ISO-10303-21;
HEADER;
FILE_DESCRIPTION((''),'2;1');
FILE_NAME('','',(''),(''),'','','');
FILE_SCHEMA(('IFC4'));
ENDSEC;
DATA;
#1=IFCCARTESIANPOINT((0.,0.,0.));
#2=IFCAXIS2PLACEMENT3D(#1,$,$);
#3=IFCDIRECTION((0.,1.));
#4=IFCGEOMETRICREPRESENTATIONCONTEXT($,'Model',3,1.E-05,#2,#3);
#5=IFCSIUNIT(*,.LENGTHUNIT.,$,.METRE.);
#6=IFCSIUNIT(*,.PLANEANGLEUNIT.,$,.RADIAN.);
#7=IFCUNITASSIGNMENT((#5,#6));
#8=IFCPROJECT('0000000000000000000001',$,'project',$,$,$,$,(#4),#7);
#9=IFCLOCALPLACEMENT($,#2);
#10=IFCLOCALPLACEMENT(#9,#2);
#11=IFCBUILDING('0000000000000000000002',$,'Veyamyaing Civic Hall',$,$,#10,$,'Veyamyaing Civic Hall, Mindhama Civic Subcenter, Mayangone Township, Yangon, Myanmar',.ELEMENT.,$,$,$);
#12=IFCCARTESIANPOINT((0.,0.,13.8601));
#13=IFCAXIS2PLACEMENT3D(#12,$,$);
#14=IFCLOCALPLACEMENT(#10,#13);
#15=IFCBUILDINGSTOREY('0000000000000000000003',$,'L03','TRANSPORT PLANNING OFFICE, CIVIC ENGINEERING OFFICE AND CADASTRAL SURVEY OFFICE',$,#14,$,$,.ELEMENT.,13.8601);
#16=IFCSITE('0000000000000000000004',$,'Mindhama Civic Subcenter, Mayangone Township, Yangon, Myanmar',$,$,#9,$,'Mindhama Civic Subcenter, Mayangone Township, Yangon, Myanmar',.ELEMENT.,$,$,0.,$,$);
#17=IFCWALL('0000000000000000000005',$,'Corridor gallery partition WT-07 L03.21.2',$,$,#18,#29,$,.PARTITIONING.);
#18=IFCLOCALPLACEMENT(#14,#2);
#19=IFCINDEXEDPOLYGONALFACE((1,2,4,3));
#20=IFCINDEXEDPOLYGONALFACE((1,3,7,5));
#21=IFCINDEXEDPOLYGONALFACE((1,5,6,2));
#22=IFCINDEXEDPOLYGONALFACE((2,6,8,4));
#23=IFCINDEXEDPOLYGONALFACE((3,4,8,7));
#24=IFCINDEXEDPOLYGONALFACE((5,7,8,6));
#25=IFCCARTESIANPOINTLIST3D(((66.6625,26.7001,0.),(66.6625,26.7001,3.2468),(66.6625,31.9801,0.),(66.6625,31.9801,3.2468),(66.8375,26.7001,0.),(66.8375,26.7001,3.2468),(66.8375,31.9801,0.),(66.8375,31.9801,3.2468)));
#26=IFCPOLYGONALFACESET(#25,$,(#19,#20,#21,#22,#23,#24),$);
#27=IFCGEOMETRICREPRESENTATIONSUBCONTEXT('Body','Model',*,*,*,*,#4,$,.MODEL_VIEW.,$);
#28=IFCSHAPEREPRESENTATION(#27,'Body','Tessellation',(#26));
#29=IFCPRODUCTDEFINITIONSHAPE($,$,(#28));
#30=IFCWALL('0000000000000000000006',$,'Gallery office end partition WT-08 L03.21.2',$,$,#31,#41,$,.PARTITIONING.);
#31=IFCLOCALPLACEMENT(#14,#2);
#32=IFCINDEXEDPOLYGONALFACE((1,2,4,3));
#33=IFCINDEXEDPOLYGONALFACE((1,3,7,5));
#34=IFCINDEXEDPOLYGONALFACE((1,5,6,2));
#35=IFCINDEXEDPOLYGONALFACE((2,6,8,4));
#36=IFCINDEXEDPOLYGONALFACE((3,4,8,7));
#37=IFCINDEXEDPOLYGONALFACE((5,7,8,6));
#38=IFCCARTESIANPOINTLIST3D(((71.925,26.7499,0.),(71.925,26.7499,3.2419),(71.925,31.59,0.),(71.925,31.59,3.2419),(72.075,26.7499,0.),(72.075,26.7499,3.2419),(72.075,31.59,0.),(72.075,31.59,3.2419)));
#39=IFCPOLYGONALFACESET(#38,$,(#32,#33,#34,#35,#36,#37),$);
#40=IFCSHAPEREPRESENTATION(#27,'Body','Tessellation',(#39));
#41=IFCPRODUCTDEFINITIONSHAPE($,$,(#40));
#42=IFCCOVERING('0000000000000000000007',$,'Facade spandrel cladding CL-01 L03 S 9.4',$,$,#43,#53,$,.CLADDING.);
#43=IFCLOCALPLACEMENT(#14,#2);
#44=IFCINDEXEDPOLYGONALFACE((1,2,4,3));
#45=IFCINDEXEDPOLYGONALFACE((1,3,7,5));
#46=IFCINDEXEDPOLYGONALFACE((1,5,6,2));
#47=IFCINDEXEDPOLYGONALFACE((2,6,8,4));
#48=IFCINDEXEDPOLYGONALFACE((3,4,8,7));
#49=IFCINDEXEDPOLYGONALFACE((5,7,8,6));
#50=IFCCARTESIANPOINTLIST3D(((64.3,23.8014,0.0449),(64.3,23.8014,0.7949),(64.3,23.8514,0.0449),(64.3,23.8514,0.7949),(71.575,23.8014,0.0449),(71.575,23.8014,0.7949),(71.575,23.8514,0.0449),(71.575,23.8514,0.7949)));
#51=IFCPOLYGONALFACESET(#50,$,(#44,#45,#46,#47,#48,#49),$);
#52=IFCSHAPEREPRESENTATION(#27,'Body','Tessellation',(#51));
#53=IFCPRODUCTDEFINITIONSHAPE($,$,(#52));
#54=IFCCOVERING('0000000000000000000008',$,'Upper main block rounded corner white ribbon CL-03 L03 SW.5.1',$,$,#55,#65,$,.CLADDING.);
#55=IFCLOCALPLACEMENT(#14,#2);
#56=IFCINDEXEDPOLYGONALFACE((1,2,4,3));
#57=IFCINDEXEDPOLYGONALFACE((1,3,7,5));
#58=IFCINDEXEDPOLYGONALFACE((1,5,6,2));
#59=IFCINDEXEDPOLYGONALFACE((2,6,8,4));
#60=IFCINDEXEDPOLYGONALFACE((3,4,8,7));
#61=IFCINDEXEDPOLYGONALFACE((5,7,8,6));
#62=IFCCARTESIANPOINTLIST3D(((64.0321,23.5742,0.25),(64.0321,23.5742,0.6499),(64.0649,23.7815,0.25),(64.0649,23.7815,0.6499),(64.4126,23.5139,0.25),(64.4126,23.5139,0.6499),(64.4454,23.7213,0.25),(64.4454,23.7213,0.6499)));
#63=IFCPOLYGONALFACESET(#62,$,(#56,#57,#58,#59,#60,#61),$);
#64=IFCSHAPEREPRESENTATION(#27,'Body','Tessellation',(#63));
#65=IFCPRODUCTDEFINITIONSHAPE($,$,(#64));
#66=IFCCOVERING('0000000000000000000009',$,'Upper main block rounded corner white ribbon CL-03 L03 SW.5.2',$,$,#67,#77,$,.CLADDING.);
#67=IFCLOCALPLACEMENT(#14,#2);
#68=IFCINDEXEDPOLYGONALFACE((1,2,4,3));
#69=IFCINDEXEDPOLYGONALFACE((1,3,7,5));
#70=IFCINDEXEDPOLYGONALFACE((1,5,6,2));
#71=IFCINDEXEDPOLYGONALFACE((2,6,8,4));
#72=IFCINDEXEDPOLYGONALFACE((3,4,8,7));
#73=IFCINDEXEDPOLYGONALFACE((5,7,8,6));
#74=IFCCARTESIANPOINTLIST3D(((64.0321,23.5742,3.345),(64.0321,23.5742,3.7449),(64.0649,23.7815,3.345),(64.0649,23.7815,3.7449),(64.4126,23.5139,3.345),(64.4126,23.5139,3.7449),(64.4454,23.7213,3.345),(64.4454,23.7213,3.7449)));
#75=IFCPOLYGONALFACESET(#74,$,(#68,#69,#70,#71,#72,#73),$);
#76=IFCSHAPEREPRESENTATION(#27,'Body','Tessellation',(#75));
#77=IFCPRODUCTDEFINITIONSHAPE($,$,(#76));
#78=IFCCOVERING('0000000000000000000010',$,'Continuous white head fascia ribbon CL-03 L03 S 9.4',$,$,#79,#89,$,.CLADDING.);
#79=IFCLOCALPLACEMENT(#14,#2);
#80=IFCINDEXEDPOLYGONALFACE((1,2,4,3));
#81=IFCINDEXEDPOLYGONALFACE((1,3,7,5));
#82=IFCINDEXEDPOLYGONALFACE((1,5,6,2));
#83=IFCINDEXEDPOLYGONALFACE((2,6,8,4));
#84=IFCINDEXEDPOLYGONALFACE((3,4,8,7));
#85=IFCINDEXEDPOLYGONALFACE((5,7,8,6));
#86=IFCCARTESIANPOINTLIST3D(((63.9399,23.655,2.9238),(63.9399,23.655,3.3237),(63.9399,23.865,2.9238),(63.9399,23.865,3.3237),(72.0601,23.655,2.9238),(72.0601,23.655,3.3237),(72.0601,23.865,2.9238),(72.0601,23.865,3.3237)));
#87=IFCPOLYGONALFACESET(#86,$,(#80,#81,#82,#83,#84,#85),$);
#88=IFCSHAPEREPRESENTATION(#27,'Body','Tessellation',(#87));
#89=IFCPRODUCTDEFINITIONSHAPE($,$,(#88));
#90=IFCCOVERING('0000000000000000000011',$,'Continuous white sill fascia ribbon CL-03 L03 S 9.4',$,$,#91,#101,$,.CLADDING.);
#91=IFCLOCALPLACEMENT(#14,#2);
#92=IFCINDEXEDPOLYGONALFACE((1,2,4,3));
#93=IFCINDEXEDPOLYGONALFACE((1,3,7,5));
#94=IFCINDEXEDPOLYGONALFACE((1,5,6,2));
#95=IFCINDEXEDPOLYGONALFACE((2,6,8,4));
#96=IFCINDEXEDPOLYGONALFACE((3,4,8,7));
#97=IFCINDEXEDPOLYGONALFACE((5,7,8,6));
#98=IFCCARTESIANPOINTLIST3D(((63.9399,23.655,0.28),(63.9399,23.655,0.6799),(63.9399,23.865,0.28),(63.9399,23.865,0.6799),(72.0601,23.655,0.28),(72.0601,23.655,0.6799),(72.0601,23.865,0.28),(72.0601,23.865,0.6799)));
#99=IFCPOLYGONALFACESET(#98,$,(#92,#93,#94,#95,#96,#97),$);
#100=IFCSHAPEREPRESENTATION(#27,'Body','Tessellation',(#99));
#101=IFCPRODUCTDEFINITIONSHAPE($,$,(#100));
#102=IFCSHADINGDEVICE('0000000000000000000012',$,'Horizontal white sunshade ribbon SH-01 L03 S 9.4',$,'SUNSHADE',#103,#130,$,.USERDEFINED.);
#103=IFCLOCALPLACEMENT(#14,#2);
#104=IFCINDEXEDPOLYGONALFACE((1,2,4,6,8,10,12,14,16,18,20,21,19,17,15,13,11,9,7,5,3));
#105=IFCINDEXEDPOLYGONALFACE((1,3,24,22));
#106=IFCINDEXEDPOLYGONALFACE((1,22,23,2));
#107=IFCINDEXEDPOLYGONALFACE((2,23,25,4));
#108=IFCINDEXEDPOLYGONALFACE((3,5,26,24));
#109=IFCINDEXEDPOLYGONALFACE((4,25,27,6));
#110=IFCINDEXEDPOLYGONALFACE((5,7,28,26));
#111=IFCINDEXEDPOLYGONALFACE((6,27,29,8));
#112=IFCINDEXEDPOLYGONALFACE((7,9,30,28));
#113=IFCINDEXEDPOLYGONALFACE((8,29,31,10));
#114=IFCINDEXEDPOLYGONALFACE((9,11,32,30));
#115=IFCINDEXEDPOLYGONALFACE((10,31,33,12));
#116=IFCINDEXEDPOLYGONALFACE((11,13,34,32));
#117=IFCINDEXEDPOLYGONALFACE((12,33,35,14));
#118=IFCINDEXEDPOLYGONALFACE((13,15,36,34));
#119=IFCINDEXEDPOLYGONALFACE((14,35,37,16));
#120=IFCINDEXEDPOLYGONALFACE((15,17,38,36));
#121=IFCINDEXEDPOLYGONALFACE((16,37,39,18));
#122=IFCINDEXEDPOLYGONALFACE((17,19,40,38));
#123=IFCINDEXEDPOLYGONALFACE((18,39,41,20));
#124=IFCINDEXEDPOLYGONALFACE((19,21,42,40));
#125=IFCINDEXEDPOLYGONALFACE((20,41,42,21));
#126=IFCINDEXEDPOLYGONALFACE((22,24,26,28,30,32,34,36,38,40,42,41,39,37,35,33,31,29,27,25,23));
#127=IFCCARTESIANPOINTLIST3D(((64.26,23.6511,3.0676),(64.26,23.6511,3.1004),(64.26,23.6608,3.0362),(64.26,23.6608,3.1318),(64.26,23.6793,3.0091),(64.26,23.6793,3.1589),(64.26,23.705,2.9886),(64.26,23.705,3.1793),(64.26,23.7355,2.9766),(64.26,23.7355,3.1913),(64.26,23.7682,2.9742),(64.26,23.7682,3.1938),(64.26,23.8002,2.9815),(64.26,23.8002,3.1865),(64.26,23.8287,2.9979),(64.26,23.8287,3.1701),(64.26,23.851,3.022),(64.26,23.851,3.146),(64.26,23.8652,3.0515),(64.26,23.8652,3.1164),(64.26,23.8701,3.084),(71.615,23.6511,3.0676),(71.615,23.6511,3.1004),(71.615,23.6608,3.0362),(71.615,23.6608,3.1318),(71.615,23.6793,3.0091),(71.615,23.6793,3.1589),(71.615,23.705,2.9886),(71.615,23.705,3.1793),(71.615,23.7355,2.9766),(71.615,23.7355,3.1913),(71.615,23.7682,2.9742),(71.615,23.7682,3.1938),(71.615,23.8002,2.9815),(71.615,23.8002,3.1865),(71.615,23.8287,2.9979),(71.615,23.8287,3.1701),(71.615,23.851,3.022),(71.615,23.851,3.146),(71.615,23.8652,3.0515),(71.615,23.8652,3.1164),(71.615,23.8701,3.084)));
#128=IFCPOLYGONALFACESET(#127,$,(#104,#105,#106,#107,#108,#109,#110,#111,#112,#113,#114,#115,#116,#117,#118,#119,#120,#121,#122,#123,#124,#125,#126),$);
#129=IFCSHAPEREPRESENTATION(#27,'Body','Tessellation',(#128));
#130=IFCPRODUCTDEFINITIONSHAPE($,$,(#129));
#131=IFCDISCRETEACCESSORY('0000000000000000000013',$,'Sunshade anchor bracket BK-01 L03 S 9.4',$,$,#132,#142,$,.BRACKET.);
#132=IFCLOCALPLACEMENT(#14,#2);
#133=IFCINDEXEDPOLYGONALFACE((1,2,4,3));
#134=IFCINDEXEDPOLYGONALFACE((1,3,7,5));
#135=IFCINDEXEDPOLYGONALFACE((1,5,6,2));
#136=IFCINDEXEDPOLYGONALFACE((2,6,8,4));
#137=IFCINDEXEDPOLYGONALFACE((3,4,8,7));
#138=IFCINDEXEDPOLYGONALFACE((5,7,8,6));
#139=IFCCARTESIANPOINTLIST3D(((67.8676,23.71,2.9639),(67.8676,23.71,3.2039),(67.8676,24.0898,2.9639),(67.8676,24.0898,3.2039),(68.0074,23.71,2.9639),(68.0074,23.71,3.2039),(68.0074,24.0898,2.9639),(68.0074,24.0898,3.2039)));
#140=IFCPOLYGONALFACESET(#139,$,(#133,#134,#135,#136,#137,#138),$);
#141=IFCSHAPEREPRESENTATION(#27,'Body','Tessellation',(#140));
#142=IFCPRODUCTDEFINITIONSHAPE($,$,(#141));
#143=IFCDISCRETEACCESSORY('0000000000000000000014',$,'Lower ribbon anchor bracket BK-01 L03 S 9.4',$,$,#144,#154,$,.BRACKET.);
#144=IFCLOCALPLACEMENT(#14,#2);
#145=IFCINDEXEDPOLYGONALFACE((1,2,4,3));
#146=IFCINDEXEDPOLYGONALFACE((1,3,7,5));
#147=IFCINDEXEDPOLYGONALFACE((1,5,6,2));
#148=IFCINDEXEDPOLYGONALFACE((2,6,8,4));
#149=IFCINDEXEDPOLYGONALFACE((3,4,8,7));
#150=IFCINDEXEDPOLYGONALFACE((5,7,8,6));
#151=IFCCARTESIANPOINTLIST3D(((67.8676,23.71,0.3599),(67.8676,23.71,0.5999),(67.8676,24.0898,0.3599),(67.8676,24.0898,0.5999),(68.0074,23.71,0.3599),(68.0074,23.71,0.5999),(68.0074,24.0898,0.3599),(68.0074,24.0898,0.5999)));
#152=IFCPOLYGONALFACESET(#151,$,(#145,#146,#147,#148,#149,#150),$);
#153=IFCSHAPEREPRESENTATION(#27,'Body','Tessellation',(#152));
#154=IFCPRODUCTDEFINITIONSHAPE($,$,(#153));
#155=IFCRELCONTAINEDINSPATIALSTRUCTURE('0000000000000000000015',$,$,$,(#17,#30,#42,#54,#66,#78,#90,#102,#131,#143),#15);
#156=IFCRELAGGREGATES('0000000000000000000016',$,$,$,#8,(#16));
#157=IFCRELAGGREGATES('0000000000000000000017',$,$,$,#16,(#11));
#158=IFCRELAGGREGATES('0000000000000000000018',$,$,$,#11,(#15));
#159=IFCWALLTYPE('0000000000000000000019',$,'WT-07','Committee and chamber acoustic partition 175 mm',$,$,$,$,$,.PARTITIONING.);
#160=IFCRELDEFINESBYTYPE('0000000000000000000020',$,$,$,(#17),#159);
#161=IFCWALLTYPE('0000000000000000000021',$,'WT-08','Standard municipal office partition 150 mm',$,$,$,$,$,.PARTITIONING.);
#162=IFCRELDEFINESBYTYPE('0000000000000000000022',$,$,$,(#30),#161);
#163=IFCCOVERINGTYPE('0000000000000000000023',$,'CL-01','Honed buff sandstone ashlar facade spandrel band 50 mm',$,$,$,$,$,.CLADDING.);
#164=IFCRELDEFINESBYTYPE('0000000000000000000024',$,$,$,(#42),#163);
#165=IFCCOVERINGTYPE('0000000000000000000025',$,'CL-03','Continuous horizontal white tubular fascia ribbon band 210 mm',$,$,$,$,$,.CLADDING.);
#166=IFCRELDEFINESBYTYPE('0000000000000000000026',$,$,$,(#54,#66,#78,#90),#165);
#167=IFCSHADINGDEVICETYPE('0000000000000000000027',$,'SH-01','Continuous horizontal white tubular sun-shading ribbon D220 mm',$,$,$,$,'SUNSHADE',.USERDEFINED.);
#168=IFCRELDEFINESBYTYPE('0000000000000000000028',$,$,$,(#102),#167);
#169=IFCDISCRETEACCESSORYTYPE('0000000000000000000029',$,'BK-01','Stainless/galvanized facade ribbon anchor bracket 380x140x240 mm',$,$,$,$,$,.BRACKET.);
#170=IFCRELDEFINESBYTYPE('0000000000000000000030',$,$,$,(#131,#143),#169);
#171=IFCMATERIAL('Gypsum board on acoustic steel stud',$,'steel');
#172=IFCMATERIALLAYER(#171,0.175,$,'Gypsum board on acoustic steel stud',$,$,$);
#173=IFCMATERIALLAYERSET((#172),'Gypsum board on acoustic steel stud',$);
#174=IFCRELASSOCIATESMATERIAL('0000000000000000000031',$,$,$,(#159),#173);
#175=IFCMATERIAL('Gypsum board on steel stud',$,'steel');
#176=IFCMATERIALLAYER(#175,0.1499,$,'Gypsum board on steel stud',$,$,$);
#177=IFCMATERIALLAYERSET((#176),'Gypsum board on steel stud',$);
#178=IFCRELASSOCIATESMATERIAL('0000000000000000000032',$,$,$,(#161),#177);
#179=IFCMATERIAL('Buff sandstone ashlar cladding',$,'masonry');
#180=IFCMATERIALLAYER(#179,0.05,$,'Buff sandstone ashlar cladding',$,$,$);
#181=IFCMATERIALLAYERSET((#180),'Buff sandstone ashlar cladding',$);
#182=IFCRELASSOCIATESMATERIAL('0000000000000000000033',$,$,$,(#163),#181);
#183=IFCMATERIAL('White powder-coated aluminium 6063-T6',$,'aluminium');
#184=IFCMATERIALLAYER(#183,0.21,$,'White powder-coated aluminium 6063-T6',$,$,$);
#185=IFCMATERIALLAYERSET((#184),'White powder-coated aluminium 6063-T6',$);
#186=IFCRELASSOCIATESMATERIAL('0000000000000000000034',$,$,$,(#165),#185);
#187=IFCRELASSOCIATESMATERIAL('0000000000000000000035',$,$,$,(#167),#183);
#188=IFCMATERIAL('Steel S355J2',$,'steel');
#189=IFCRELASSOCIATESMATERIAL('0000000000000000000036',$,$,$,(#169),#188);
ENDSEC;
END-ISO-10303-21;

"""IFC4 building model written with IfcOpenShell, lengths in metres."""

from ifc_helpers import new_model, si_unit, direction, frame, frame_2d, origin, origin_2d, place, context, subcontext, project, spatial, rectangle, circle, extrude, material, layer, layer_set, material_profile, profile_set, type_object, element, save


model = new_model("IFC4")

# Units and contexts
model_context = context("Model", 3, precision=1e-05, world=origin(), true_north=direction((0.0, 1.0)))
body_context = subcontext(model_context, "Body", "Model", "MODEL_VIEW")
ifc_project = project(units=[si_unit("LENGTHUNIT", "METRE"), si_unit("PLANEANGLEUNIT", "RADIAN")], contexts=[model_context])

# Site, building, storey
site_placement = place(None, origin())
site = spatial("IfcSite", under=ifc_project, at=site_placement, Name="Mindhama Civic Subcenter, Mayangone Township, Yangon, Myanmar", LongName="Mindhama Civic Subcenter, Mayangone Township, Yangon, Myanmar", CompositionType="ELEMENT", RefElevation=0.0)
building_placement = place(site_placement, origin())
building = spatial("IfcBuilding", under=site, at=building_placement, Name="Veyamyaing Civic Hall", LongName="Veyamyaing Civic Hall, Mindhama Civic Subcenter, Mayangone Township, Yangon, Myanmar", CompositionType="ELEMENT")
storey_placement = place(building_placement, frame((0.0, 0.0, 13.8601)))
storey = spatial("IfcBuildingStorey", under=building, at=storey_placement, Name="L03", Description="TRANSPORT PLANNING OFFICE, CIVIC ENGINEERING OFFICE AND CADASTRAL SURVEY OFFICE", CompositionType="ELEMENT", Elevation=13.8601)

# Shared definitions
ifc_material_1 = material(Name="Gypsum board on acoustic steel stud", Category="steel")
ifc_layer_1 = layer(ifc_material_1, 0.175, Name="Gypsum board on acoustic steel stud")
ifc_layer_set_1 = layer_set([ifc_layer_1], Name="Gypsum board on acoustic steel stud")
wall_type_1 = type_object("IfcWallType", Name="WT-07", Description="Committee and chamber acoustic partition 175 mm", PredefinedType="PARTITIONING", material=ifc_layer_set_1)

# Walls
wall_1_placement = place(storey_placement, frame((66.75, 26.7, 0.0), z_axis=(0.0, 0.0, 1.0), x_axis=(0.0, 1.0, 0.0)))
element("IfcWall", 1, at=wall_1_placement, inside=storey, type_object=wall_type_1, Name="Corridor gallery partition WT-07 L03.21.2", PredefinedType="PARTITIONING", context=body_context, shape_type="SweptSolid", body=[
    extrude(rectangle(XDim=5.28, YDim=0.175, at=frame_2d((2.6401, 0.0))), origin(), (0.0, 0.0, 1.0), 3.2468),
])
ifc_material_2 = material(Name="Gypsum board on steel stud", Category="steel")
ifc_layer_2 = layer(ifc_material_2, 0.1499, Name="Gypsum board on steel stud")
ifc_layer_set_2 = layer_set([ifc_layer_2], Name="Gypsum board on steel stud")
wall_type_2 = type_object("IfcWallType", Name="WT-08", Description="Standard municipal office partition 150 mm", PredefinedType="PARTITIONING", material=ifc_layer_set_2)
wall_2_placement = place(storey_placement, frame((72.0, 26.75, 0.0), z_axis=(0.0, 0.0, 1.0), x_axis=(0.0, 1.0, 0.0)))
element("IfcWall", 2, at=wall_2_placement, inside=storey, type_object=wall_type_2, Name="Gallery office end partition WT-08 L03.21.2", PredefinedType="PARTITIONING", context=body_context, shape_type="SweptSolid", body=[
    extrude(rectangle(XDim=4.8401, YDim=0.1499, at=frame_2d((2.4199, 0.0))), origin(), (0.0, 0.0, 1.0), 3.2419),
])

# Coverings
ifc_material_3 = material(Name="Buff sandstone ashlar cladding", Category="masonry")
ifc_layer_3 = layer(ifc_material_3, 0.05, Name="Buff sandstone ashlar cladding")
ifc_layer_set_3 = layer_set([ifc_layer_3], Name="Buff sandstone ashlar cladding")
covering_type_1 = type_object("IfcCoveringType", Name="CL-01", Description="Honed buff sandstone ashlar facade spandrel band 50 mm", PredefinedType="CLADDING", material=ifc_layer_set_3)
covering_placement = place(storey_placement, frame((67.9375, 23.8264, 0.0449), z_axis=(0.0, 0.0, 1.0), x_axis=(1.0, 0.0, 0.0)))
element("IfcCovering", 3, at=covering_placement, inside=storey, type_object=covering_type_1, Name="Facade spandrel cladding CL-01 L03 S 9.4", PredefinedType="CLADDING", context=body_context, shape_type="SweptSolid", body=[
    extrude(rectangle(XDim=7.2749, YDim=0.05, at=origin_2d()), origin(), (0.0, 0.0, 1.0), 0.75),
])
ifc_material_4 = material(Name="White powder-coated aluminium 6063-T6", Category="aluminium")
ifc_layer_4 = layer(ifc_material_4, 0.21, Name="White powder-coated aluminium 6063-T6")
ifc_layer_set_4 = layer_set([ifc_layer_4], Name="White powder-coated aluminium 6063-T6")
covering_type_2 = type_object("IfcCoveringType", Name="CL-03", Description="Continuous horizontal white tubular fascia ribbon band 210 mm", PredefinedType="CLADDING", material=ifc_layer_set_4)
for number, where, z_axis, x_axis, name in (
    (4, (64.2388, 23.6477, 0.25), (0.0, 0.0, 1.0), (0.987688, -0.156434, 0.0), "Upper main block rounded corner white ribbon CL-03 L03 SW.5.1"),
    (5, (64.2388, 23.6477, 3.345), (0.0, 0.0, 1.0), (0.987688, -0.156434, 0.0), "Upper main block rounded corner white ribbon CL-03 L03 SW.5.2"),
):
    element("IfcCovering", number, at=place(storey_placement, frame(where, z_axis=z_axis, x_axis=x_axis)), inside=storey, type_object=covering_type_2, Name=name, PredefinedType="CLADDING", context=body_context, shape_type="SweptSolid", body=[
        extrude(rectangle(XDim=0.3853, YDim=0.21, at=origin_2d()), origin(), (0.0, 0.0, 1.0), 0.3999),
    ])
for number, where, z_axis, x_axis, name in (
    (6, (68.0, 23.76, 2.9238), (0.0, 0.0, 1.0), (1.0, 0.0, 0.0), "Continuous white head fascia ribbon CL-03 L03 S 9.4"),
    (7, (68.0, 23.76, 0.28), (0.0, 0.0, 1.0), (1.0, 0.0, 0.0), "Continuous white sill fascia ribbon CL-03 L03 S 9.4"),
):
    element("IfcCovering", number, at=place(storey_placement, frame(where, z_axis=z_axis, x_axis=x_axis)), inside=storey, type_object=covering_type_2, Name=name, PredefinedType="CLADDING", context=body_context, shape_type="SweptSolid", body=[
        extrude(rectangle(XDim=8.1201, YDim=0.21, at=origin_2d()), origin(), (0.0, 0.0, 1.0), 0.3999),
    ])

# Shading device
ifc_material_profile_1 = material_profile(ifc_material_4, circle(Radius=0.1101, at=origin_2d()), Name="SHADE-TUBE-220")
ifc_profile_set_1 = profile_set([ifc_material_profile_1], Name="White powder-coated aluminium 6063-T6")
shading_device_type = type_object("IfcShadingDeviceType", Name="SH-01", Description="Continuous horizontal white tubular sun-shading ribbon D220 mm", ElementType="SUNSHADE", PredefinedType="USERDEFINED", material=ifc_profile_set_1)
shading_device_placement = place(storey_placement, frame((64.26, 23.76, 3.084), z_axis=(1.0, 0.0, 0.0), x_axis=(0.0, 1.0, 0.0)))
element("IfcShadingDevice", 8, at=shading_device_placement, inside=storey, type_object=shading_device_type, Name="Horizontal white sunshade ribbon SH-01 L03 S 9.4", ObjectType="SUNSHADE", PredefinedType="USERDEFINED", context=body_context, shape_type="SweptSolid", body=[
    extrude(circle(Radius=0.1101, at=origin_2d()), origin(), (0.0, 0.0, 1.0), 7.355),
])

# Discrete accessories
ifc_material_5 = material(Name="Steel S355J2", Category="steel")
discrete_accessory_type = type_object("IfcDiscreteAccessoryType", Name="BK-01", Description="Stainless/galvanized facade ribbon anchor bracket 380x140x240 mm", PredefinedType="BRACKET", material=ifc_material_5)
for number, where, z_axis, x_axis, name in (
    (9, (67.9375, 23.8999, 2.9639), (0.0, 0.0, 1.0), (0.0, -1.0, 0.0), "Sunshade anchor bracket BK-01 L03 S 9.4"),
    (10, (67.9375, 23.8999, 0.3599), (0.0, 0.0, 1.0), (0.0, -1.0, 0.0), "Lower ribbon anchor bracket BK-01 L03 S 9.4"),
):
    element("IfcDiscreteAccessory", number, at=place(storey_placement, frame(where, z_axis=z_axis, x_axis=x_axis)), inside=storey, type_object=discrete_accessory_type, Name=name, PredefinedType="BRACKET", context=body_context, shape_type="SweptSolid", body=[
        extrude(rectangle(XDim=0.3799, YDim=0.1399, at=origin_2d()), origin(), (0.0, 0.0, 1.0), 0.24),
    ])

save(model, "model.ifc")
